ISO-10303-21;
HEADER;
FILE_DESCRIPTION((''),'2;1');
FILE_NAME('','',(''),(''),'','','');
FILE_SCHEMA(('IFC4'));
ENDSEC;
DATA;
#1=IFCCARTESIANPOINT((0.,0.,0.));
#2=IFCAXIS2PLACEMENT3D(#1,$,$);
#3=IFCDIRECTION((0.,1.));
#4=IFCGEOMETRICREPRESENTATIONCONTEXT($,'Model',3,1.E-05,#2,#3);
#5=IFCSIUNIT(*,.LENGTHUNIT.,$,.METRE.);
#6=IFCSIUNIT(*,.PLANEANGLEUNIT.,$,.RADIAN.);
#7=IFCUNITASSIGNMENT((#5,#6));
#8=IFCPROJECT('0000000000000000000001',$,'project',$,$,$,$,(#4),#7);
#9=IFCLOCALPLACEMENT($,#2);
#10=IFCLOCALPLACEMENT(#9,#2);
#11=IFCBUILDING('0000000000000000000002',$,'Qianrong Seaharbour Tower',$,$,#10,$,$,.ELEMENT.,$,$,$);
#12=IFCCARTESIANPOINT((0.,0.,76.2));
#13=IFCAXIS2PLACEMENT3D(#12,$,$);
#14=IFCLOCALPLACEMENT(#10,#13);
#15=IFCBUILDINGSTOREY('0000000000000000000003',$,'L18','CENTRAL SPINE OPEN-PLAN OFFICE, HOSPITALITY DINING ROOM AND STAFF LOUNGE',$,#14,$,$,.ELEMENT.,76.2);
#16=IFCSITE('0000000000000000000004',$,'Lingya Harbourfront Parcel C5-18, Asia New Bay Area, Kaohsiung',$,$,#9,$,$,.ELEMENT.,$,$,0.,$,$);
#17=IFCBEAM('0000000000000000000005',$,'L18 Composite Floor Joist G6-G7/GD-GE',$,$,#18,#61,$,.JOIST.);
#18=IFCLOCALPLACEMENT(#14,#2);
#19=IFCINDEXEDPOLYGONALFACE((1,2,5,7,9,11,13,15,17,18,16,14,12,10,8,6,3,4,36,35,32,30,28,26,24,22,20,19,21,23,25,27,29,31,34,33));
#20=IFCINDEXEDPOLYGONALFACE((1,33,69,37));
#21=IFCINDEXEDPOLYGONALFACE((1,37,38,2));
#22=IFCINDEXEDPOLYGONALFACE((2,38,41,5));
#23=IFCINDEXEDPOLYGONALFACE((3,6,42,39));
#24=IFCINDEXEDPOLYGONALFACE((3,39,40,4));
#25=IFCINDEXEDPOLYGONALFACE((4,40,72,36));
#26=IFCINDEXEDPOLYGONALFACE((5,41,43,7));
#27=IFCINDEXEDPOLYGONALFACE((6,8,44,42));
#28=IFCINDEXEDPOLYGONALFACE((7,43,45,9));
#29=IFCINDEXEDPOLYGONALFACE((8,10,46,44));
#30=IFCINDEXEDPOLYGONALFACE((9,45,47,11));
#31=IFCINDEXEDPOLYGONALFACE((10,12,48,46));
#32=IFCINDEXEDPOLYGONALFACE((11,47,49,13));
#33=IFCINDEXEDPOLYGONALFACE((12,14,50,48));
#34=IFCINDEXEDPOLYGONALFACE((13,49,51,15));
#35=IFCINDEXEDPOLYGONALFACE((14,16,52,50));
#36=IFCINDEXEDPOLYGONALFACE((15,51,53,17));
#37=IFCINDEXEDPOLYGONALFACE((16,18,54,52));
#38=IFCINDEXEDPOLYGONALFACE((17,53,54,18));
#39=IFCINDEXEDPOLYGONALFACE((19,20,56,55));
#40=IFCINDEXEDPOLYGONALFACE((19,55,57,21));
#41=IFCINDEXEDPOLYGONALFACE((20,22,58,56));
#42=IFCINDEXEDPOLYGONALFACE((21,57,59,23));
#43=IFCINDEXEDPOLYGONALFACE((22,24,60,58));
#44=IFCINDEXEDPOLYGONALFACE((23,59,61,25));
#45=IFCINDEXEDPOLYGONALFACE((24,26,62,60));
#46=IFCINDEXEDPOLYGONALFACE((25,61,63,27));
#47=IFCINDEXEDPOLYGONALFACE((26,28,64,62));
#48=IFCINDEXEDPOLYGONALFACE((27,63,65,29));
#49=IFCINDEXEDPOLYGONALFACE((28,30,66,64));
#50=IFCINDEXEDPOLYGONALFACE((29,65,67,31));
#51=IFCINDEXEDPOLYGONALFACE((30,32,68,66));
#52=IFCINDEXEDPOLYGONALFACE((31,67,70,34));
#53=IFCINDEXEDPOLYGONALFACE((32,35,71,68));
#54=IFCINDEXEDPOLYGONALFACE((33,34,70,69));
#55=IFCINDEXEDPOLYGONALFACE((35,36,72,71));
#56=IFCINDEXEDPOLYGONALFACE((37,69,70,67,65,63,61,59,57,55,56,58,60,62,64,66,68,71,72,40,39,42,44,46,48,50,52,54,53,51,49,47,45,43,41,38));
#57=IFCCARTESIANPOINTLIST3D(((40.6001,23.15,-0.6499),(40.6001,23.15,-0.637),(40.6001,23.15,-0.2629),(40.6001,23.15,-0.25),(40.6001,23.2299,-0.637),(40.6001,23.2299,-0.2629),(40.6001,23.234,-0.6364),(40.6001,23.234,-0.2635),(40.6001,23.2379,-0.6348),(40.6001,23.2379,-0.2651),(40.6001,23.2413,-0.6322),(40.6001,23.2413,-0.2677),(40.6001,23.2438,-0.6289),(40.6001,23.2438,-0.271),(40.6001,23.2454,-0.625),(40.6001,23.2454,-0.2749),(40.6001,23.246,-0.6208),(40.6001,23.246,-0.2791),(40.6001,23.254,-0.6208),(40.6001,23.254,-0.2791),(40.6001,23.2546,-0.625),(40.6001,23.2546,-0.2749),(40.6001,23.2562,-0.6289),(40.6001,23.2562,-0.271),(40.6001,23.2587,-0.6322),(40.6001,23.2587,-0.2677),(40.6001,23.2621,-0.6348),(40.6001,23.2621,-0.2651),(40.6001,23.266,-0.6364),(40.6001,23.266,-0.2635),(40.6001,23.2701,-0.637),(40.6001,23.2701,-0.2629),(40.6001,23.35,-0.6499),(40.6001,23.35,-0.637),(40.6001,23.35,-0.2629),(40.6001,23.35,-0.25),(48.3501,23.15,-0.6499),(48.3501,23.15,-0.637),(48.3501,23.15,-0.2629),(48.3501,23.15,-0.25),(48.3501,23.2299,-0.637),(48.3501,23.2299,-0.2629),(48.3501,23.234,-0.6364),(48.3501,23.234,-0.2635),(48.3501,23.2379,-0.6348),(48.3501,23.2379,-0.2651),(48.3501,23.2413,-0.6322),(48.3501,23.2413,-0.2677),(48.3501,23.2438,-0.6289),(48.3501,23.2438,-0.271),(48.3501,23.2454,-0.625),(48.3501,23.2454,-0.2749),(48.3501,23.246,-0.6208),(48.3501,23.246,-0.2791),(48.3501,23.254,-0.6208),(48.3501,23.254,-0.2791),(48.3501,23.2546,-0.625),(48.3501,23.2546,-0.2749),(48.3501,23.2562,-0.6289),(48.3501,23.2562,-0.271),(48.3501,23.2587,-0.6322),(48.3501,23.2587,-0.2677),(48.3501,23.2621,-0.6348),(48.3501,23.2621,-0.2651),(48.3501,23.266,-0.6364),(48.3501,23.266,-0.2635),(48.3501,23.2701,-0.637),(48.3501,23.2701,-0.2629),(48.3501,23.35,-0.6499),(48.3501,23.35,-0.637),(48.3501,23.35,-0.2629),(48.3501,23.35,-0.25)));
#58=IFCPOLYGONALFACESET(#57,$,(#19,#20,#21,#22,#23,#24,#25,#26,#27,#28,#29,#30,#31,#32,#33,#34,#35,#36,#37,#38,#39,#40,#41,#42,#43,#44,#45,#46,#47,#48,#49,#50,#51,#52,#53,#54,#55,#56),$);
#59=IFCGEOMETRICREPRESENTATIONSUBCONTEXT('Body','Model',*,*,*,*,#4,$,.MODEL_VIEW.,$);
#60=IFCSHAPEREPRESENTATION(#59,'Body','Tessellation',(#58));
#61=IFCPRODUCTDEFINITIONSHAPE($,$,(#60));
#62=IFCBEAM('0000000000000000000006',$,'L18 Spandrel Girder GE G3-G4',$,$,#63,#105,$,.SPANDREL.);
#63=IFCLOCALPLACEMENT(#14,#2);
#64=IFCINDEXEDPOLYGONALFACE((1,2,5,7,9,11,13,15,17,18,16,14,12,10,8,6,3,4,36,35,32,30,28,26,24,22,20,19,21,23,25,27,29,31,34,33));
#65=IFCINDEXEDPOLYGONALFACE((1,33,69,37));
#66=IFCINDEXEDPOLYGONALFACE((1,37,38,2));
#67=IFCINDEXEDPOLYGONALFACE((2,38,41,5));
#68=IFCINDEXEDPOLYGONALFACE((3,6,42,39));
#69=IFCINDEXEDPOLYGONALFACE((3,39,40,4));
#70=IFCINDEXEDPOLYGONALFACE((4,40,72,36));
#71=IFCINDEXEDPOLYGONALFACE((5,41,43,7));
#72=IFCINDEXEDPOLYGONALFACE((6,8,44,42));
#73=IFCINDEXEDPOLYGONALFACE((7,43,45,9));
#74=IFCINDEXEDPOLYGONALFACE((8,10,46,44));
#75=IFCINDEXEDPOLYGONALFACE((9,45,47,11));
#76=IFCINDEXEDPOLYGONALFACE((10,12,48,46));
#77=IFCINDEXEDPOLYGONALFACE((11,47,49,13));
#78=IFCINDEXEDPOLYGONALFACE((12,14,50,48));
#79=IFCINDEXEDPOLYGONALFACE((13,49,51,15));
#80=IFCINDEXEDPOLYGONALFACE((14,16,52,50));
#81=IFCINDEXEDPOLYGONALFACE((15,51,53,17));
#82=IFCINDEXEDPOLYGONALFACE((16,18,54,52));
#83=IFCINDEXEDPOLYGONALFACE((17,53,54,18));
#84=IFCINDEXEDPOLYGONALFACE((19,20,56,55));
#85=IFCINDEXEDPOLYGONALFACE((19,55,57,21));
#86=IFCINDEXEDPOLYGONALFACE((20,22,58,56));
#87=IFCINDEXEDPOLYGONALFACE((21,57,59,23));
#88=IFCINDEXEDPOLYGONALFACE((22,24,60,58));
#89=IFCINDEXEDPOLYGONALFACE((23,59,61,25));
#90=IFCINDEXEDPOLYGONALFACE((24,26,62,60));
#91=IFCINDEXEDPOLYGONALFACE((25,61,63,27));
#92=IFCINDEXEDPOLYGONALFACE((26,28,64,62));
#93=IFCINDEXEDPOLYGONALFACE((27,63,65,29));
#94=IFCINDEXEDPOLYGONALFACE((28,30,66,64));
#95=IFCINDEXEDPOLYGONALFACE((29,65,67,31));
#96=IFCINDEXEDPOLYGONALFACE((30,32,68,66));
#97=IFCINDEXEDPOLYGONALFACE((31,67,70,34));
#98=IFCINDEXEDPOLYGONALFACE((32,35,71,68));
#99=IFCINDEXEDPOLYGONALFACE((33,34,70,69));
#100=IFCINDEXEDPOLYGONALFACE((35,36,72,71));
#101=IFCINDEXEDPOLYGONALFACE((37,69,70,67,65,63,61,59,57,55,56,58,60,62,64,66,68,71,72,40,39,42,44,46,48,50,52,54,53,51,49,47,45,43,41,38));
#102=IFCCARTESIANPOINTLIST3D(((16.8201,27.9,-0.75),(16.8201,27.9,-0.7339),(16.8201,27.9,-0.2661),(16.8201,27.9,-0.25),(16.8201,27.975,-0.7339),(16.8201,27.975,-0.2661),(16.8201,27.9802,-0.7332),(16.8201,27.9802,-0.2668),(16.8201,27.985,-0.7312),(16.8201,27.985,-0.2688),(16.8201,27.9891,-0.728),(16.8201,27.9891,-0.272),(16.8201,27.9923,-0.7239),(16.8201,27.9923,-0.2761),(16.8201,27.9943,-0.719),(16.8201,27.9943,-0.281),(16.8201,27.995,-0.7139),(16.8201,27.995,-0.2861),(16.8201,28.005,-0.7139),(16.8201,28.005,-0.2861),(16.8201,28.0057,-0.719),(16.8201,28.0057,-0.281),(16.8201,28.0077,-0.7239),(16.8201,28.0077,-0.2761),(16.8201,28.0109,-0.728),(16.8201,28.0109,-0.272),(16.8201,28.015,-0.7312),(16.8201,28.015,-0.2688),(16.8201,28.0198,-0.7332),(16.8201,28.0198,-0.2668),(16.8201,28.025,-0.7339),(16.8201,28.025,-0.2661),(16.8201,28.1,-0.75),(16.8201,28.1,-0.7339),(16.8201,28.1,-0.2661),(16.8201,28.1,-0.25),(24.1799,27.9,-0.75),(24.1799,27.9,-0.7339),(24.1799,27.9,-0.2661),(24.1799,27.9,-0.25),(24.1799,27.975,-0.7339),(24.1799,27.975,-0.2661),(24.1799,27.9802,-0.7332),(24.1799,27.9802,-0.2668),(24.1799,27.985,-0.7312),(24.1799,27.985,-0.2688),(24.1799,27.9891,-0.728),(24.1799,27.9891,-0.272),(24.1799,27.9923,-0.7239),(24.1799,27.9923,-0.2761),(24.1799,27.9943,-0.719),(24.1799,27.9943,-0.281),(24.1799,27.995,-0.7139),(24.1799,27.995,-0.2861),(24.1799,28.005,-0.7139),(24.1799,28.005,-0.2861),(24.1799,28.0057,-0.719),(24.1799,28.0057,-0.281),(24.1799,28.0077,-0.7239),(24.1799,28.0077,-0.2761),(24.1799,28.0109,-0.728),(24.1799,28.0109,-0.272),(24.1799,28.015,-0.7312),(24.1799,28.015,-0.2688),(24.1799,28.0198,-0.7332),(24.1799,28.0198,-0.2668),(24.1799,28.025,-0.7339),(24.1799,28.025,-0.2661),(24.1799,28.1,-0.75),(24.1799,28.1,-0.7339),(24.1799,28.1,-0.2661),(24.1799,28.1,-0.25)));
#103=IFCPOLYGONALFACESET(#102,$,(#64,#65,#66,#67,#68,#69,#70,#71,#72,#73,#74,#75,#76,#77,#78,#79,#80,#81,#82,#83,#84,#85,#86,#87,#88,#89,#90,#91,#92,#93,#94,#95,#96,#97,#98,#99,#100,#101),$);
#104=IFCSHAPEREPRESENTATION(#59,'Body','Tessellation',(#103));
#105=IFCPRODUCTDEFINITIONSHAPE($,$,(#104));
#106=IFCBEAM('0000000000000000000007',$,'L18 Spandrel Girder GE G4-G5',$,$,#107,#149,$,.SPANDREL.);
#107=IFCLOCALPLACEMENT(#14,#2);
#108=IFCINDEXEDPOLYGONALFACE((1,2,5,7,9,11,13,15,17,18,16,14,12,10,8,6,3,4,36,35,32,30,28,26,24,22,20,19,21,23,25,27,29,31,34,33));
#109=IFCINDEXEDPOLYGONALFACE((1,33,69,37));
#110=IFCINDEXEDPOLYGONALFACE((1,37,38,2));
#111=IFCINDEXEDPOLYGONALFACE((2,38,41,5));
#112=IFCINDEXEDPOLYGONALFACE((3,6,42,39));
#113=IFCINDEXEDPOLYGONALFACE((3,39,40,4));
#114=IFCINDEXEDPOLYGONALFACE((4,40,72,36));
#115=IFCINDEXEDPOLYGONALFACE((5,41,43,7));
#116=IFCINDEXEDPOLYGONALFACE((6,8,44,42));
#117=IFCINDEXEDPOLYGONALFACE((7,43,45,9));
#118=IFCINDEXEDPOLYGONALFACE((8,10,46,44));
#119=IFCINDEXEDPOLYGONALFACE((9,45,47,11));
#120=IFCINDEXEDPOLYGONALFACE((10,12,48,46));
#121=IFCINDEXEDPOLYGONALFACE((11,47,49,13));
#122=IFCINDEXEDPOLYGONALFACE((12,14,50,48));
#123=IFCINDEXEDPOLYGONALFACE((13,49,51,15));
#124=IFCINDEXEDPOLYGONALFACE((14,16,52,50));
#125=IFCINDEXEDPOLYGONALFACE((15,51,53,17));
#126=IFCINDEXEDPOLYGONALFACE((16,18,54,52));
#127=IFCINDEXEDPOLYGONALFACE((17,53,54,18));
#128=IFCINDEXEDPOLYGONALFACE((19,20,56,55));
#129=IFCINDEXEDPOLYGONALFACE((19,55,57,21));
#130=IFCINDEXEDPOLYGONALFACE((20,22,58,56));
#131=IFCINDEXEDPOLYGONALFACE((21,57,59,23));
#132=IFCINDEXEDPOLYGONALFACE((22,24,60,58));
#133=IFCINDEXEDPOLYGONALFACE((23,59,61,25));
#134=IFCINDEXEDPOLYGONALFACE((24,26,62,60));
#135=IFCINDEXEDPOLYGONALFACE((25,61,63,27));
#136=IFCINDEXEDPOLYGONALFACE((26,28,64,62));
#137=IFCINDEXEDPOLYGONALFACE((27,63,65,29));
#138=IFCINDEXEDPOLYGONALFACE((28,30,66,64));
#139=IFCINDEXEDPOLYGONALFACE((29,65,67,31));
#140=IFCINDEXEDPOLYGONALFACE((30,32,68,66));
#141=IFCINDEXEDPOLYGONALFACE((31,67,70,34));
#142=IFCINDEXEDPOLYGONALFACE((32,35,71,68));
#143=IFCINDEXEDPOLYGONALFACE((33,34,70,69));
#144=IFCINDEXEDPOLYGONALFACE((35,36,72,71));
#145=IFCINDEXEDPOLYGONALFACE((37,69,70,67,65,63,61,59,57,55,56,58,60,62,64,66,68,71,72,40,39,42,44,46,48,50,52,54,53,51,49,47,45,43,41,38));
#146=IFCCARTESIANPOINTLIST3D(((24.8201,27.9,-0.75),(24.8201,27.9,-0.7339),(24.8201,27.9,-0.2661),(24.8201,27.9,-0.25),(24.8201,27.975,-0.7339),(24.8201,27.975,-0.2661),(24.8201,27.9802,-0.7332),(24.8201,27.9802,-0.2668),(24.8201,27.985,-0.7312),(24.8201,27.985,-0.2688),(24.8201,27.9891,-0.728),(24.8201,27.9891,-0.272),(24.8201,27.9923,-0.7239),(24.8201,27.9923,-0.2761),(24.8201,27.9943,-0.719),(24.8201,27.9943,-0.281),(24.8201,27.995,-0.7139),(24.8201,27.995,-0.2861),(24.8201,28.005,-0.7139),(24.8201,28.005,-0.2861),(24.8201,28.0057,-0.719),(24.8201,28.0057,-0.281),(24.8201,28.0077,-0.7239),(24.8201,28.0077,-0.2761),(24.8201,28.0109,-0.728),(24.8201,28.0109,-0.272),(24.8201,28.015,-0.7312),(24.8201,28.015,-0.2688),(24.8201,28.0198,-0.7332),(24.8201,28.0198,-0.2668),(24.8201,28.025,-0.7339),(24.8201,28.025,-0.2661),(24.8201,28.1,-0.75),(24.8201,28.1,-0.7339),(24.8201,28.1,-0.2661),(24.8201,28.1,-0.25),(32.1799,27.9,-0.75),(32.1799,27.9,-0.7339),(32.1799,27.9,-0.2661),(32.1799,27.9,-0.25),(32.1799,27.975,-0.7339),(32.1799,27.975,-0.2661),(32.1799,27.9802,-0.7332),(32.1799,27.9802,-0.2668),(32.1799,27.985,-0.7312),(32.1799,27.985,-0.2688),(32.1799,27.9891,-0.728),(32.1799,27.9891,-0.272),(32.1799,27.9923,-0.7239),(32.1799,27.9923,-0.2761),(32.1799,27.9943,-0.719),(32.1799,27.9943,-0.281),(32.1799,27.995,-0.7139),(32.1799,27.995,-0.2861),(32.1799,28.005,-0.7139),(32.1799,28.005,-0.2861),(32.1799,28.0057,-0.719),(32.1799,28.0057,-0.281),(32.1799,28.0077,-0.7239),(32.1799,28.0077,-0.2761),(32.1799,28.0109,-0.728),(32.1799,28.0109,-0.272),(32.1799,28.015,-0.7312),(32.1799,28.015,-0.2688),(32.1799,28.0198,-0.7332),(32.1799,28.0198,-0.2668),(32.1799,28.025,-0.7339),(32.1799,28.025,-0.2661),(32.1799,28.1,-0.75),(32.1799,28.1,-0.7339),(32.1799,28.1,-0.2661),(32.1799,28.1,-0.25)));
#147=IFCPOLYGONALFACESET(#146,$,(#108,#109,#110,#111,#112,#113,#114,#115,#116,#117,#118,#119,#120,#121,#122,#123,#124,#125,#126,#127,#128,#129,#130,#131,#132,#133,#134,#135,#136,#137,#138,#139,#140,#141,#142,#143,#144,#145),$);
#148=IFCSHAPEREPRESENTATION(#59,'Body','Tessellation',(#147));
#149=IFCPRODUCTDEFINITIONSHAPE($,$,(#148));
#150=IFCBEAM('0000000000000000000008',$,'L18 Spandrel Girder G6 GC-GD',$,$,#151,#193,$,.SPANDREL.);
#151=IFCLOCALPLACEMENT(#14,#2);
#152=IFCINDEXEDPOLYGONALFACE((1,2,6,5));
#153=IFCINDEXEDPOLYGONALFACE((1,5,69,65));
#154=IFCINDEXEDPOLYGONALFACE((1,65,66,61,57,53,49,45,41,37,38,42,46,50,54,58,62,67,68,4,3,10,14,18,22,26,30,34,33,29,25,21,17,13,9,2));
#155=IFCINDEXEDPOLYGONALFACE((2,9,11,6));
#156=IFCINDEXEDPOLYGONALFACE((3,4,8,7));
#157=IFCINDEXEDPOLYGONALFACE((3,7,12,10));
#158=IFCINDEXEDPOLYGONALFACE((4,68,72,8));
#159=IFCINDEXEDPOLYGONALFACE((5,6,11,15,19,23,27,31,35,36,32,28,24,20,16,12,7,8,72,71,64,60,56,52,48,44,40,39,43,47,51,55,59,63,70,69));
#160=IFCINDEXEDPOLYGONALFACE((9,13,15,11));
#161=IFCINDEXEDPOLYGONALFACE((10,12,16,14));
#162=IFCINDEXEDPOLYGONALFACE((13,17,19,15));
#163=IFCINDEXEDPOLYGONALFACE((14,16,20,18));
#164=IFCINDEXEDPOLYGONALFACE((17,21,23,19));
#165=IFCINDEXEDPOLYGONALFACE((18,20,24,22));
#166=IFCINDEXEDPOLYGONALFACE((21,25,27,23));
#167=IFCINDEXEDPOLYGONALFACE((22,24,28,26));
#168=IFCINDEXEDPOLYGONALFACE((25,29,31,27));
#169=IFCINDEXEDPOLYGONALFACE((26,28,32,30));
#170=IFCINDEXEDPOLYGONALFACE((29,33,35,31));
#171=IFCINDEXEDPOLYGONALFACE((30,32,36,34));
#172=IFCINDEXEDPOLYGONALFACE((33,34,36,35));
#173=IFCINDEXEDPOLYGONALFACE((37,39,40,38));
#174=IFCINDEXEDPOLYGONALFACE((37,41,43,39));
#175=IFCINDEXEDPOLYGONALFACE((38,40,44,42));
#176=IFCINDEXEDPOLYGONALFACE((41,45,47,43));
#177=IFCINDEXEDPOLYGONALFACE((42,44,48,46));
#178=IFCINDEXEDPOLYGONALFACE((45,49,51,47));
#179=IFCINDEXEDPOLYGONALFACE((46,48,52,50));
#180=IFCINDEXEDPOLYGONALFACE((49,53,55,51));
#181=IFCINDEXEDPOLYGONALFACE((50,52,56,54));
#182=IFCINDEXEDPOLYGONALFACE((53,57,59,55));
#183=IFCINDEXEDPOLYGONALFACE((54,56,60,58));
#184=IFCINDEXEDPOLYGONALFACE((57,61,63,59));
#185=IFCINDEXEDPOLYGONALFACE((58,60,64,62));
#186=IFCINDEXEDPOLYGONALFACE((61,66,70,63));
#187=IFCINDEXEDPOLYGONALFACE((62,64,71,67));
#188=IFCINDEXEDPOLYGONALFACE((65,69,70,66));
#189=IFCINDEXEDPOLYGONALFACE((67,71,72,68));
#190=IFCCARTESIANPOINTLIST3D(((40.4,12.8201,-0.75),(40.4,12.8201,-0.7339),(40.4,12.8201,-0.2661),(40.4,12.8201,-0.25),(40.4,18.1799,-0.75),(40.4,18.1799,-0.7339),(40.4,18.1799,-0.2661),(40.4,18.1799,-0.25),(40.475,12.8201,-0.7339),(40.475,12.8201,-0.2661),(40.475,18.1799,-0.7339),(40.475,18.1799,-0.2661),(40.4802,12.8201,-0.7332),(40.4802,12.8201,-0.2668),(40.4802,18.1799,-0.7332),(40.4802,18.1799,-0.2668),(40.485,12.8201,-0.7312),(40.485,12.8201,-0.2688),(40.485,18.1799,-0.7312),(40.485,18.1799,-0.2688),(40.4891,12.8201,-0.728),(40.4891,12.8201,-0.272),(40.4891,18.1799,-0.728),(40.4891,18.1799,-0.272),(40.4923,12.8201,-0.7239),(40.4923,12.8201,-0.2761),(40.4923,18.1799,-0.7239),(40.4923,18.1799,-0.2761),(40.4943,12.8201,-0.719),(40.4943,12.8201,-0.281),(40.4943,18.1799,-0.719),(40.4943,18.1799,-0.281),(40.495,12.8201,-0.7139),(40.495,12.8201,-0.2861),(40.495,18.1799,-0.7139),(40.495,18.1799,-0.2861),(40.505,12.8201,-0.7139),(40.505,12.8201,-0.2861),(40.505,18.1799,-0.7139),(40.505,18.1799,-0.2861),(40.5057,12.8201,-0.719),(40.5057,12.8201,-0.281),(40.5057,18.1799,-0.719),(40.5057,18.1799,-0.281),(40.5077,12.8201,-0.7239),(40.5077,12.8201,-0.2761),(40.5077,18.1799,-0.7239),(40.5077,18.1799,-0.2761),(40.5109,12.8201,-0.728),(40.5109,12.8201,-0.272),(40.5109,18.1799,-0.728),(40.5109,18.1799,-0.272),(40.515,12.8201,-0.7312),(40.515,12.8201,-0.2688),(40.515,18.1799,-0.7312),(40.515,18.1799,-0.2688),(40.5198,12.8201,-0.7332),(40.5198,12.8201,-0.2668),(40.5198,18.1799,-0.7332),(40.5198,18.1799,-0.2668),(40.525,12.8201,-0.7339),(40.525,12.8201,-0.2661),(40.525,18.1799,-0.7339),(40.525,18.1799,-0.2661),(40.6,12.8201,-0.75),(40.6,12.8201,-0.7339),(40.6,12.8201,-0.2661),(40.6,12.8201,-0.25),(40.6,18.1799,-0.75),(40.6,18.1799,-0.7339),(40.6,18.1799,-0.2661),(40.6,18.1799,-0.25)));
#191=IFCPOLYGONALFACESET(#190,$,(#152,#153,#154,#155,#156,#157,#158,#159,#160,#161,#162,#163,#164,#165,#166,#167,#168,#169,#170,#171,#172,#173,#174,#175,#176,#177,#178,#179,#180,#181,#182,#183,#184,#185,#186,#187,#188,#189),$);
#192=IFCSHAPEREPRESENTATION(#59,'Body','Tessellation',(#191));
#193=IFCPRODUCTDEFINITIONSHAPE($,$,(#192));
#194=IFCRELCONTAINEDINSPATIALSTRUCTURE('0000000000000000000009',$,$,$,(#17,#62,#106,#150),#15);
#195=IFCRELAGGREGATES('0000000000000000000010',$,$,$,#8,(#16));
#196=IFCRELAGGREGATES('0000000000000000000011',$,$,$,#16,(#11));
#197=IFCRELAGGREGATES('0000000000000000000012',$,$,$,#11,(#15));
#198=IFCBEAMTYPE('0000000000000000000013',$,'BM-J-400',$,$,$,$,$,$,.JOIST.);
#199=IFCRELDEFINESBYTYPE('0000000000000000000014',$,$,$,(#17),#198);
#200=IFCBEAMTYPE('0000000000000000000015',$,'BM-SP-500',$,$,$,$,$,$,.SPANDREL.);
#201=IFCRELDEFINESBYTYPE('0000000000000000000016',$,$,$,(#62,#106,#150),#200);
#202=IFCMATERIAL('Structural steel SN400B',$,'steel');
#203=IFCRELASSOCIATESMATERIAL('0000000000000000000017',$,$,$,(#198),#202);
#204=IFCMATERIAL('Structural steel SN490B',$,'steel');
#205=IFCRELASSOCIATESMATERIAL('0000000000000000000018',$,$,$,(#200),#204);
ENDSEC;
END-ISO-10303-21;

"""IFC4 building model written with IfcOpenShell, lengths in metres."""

from ifc_helpers import new_model, si_unit, direction, frame, origin, origin_2d, place, context, subcontext, project, spatial, i_section, extrude, material, material_profile, profile_set, type_object, element, save


model = new_model("IFC4")

# Units and contexts
model_context = context("Model", 3, precision=1e-05, world=origin(), true_north=direction((0.0, 1.0)))
body_context = subcontext(model_context, "Body", "Model", "MODEL_VIEW")
ifc_project = project(units=[si_unit("LENGTHUNIT", "METRE"), si_unit("PLANEANGLEUNIT", "RADIAN")], contexts=[model_context])

# Site, building, storey
site_placement = place(None, origin())
site = spatial("IfcSite", under=ifc_project, at=site_placement, Name="Lingya Harbourfront Parcel C5-18, Asia New Bay Area, Kaohsiung", CompositionType="ELEMENT", RefElevation=0.0)
building_placement = place(site_placement, origin())
building = spatial("IfcBuilding", under=site, at=building_placement, Name="Qianrong Seaharbour Tower", CompositionType="ELEMENT")
storey_placement = place(building_placement, frame((0.0, 0.0, 76.2)))
storey = spatial("IfcBuildingStorey", under=building, at=storey_placement, Name="L18", Description="CENTRAL SPINE OPEN-PLAN OFFICE, HOSPITALITY DINING ROOM AND STAFF LOUNGE", CompositionType="ELEMENT", Elevation=76.2)

# Shared definitions
ifc_material_1 = material(Name="Structural steel SN490B", Category="steel")

# Beams
ifc_material_2 = material(Name="Structural steel SN400B", Category="steel")
ifc_material_profile_1 = material_profile(ifc_material_2, i_section(OverallWidth=0.2, OverallDepth=0.3999, WebThickness=0.0081, FlangeThickness=0.0129, FilletRadius=0.0161, at=origin_2d()), Name="H400x200x8x13")
ifc_profile_set_1 = profile_set([ifc_material_profile_1], Name="Structural steel SN400B")
beam_type_1 = type_object("IfcBeamType", Name="BM-J-400", PredefinedType="JOIST", material=ifc_profile_set_1)
for number, where, z_axis, x_axis, name in (
    (1, (40.6001, 23.25, -0.45), (1.0, 0.0, 0.0), (0.0, 1.0, 0.0), "L18 Composite Floor Joist G6-G7/GD-GE"),
):
    element("IfcBeam", number, at=place(storey_placement, frame(where, z_axis=z_axis, x_axis=x_axis)), inside=storey, type_object=beam_type_1, Name=name, PredefinedType="JOIST", context=body_context, shape_type="SweptSolid", body=[
        extrude(i_section(OverallWidth=0.2, OverallDepth=0.3999, WebThickness=0.0081, FlangeThickness=0.0129, FilletRadius=0.0161, at=origin_2d()), origin(), (0.0, 0.0, 1.0), 7.75),
    ])
ifc_material_profile_2 = material_profile(ifc_material_1, i_section(OverallWidth=0.2, OverallDepth=0.5, WebThickness=0.01, FlangeThickness=0.0161, FilletRadius=0.02, at=origin_2d()), Name="H500x200x10x16")
ifc_profile_set_2 = profile_set([ifc_material_profile_2], Name="Structural steel SN490B")
beam_type_2 = type_object("IfcBeamType", Name="BM-SP-500", PredefinedType="SPANDREL", material=ifc_profile_set_2)
for number, where, z_axis, x_axis, name in (
    (2, (16.8201, 28.0, -0.5), (1.0, 0.0, 0.0), (0.0, 1.0, 0.0), "L18 Spandrel Girder GE G3-G4"),
    (3, (24.8201, 28.0, -0.5), (1.0, 0.0, 0.0), (0.0, 1.0, 0.0), "L18 Spandrel Girder GE G4-G5"),
):
    element("IfcBeam", number, at=place(storey_placement, frame(where, z_axis=z_axis, x_axis=x_axis)), inside=storey, type_object=beam_type_2, Name=name, PredefinedType="SPANDREL", context=body_context, shape_type="SweptSolid", body=[
        extrude(i_section(OverallWidth=0.2, OverallDepth=0.5, WebThickness=0.01, FlangeThickness=0.0161, FilletRadius=0.02, at=origin_2d()), origin(), (0.0, 0.0, 1.0), 7.3599),
    ])
beam_1_placement = place(storey_placement, frame((40.5, 12.8201, -0.5), z_axis=(0.0, 1.0, 0.0), x_axis=(-1.0, 0.0, 0.0)))
element("IfcBeam", 4, at=beam_1_placement, inside=storey, type_object=beam_type_2, Name="L18 Spandrel Girder G6 GC-GD", PredefinedType="SPANDREL", context=body_context, shape_type="SweptSolid", body=[
    extrude(i_section(OverallWidth=0.2, OverallDepth=0.5, WebThickness=0.01, FlangeThickness=0.0161, FilletRadius=0.02, at=origin_2d()), origin(), (0.0, 0.0, 1.0), 5.3599),
])

save(model, "model.ifc")
